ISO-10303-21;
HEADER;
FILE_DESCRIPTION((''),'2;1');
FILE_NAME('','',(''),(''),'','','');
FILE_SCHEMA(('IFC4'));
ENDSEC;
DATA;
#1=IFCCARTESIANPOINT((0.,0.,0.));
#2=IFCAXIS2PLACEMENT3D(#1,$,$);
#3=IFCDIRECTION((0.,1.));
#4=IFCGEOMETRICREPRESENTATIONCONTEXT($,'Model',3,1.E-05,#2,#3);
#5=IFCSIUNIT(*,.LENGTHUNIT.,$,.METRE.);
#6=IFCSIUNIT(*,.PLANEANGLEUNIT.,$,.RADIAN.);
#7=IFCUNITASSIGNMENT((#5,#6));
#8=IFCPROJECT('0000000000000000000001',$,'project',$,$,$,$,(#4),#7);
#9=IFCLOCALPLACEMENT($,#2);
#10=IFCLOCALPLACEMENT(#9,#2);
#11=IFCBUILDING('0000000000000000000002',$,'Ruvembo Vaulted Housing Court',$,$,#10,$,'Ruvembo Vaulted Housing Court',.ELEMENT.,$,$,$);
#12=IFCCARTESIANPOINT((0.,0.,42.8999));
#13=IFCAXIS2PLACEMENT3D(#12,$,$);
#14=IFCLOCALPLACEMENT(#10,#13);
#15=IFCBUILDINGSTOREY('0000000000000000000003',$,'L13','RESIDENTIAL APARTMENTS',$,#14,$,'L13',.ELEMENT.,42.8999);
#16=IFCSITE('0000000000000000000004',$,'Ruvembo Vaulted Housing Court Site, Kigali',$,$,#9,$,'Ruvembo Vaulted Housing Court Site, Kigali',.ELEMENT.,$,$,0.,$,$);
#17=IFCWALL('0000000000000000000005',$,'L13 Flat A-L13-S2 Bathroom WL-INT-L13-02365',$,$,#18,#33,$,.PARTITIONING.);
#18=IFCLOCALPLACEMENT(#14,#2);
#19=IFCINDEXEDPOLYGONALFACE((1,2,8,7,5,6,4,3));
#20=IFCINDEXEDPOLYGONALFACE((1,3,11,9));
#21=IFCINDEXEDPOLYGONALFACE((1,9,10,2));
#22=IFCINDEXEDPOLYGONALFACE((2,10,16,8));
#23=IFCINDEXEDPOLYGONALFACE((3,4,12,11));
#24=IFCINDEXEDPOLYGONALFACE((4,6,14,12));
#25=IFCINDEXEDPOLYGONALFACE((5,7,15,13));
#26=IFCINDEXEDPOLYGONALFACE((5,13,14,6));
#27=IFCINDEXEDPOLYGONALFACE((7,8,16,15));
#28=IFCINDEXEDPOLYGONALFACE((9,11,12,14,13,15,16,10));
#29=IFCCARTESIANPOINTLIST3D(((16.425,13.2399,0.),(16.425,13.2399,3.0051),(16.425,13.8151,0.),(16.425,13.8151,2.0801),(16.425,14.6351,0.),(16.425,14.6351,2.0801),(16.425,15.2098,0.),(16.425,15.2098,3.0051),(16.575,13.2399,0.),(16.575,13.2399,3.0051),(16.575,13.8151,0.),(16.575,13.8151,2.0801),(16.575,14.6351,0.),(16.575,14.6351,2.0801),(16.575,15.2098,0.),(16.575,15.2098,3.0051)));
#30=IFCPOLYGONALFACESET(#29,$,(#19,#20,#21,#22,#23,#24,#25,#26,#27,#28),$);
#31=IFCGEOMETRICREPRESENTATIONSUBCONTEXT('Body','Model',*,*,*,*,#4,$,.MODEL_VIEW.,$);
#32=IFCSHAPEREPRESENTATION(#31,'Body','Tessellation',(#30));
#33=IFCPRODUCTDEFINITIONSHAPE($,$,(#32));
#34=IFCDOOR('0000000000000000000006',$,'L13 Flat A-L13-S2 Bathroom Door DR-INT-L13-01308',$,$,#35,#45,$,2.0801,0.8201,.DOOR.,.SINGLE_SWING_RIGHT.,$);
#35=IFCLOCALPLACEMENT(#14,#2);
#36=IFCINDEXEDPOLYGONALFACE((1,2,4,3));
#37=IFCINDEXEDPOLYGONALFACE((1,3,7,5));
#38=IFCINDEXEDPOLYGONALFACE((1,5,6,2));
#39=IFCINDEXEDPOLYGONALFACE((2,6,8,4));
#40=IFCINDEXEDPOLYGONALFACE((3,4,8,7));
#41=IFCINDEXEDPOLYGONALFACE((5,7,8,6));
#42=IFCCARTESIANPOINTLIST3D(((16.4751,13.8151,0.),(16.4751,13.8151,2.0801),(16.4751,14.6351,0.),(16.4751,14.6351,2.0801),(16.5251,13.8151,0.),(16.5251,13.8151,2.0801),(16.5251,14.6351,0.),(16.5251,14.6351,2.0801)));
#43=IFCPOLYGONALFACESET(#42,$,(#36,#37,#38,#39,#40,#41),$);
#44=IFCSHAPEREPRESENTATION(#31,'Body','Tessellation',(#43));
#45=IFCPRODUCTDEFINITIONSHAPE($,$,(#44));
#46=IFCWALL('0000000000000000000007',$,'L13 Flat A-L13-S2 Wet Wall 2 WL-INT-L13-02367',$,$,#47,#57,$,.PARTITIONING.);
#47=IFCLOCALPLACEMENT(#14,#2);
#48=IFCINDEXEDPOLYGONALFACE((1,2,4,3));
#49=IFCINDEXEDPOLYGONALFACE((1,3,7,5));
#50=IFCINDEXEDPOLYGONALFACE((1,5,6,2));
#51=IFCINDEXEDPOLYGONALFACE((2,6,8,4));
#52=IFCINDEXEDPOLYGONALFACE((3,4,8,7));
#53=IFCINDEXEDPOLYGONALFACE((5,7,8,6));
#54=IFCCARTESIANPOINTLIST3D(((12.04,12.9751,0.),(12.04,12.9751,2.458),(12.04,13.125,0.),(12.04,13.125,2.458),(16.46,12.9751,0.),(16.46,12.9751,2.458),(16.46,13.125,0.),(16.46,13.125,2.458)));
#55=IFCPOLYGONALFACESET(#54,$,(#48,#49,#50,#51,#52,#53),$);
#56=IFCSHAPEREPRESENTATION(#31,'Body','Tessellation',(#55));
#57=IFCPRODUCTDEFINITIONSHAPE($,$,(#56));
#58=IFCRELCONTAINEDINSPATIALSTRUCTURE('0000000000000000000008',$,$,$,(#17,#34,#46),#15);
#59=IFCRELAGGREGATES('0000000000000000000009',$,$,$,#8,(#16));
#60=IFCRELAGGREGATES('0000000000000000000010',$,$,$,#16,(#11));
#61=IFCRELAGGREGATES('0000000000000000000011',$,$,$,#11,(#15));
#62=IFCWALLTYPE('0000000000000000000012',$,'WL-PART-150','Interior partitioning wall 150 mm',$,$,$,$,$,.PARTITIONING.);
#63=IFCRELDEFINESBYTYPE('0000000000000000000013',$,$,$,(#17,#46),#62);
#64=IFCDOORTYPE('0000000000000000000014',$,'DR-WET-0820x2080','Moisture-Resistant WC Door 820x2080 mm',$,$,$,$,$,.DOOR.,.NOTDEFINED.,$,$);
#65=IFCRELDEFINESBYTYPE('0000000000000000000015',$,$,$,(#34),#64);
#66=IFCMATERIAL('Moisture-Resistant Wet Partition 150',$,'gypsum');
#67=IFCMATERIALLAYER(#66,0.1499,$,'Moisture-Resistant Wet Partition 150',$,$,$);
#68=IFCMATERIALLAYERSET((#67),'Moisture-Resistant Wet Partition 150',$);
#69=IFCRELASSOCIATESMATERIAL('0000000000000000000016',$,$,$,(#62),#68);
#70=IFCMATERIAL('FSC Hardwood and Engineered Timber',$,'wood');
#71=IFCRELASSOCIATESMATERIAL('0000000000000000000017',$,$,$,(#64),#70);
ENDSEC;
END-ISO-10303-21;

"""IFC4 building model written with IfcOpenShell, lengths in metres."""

from ifc_helpers import new_model, si_unit, direction, frame, frame_2d, origin, place, context, subcontext, project, spatial, rectangle, extrude, material, layer, layer_set, type_object, element, fill, save


model = new_model("IFC4")

# Units and contexts
model_context = context("Model", 3, precision=1e-05, world=origin(), true_north=direction((0.0, 1.0)))
body_context = subcontext(model_context, "Body", "Model", "MODEL_VIEW")
ifc_project = project(units=[si_unit("LENGTHUNIT", "METRE"), si_unit("PLANEANGLEUNIT", "RADIAN")], contexts=[model_context])

# Site, building, storey
site_placement = place(None, origin())
site = spatial("IfcSite", under=ifc_project, at=site_placement, Name="Ruvembo Vaulted Housing Court Site, Kigali", LongName="Ruvembo Vaulted Housing Court Site, Kigali", CompositionType="ELEMENT", RefElevation=0.0)
building_placement = place(site_placement, origin())
building = spatial("IfcBuilding", under=site, at=building_placement, Name="Ruvembo Vaulted Housing Court", LongName="Ruvembo Vaulted Housing Court", CompositionType="ELEMENT")
storey_placement = place(building_placement, frame((0.0, 0.0, 42.8999)))
storey = spatial("IfcBuildingStorey", under=building, at=storey_placement, Name="L13", Description="RESIDENTIAL APARTMENTS", LongName="L13", CompositionType="ELEMENT", Elevation=42.8999)

# Wall, opening, door
ifc_material_1 = material(Name="FSC Hardwood and Engineered Timber", Category="wood")
ifc_material_2 = material(Name="Moisture-Resistant Wet Partition 150", Category="gypsum")
ifc_layer_1 = layer(ifc_material_2, 0.1499, Name="Moisture-Resistant Wet Partition 150")
ifc_layer_set_1 = layer_set([ifc_layer_1], Name="Moisture-Resistant Wet Partition 150")
wall_type_1 = type_object("IfcWallType", Name="WL-PART-150", Description="Interior partitioning wall 150 mm", PredefinedType="PARTITIONING", material=ifc_layer_set_1)
wall_1_placement = place(storey_placement, frame((16.5, 13.24, 0.0), z_axis=(0.0, 0.0, 1.0), x_axis=(0.0, 1.0, 0.0)))
wall_1 = element("IfcWall", 1, at=wall_1_placement, inside=storey, type_object=wall_type_1, Name="L13 Flat A-L13-S2 Bathroom WL-INT-L13-02365", PredefinedType="PARTITIONING", context=body_context, shape_type="SweptSolid", body=[
    extrude(rectangle(XDim=1.97, YDim=0.1499, at=frame_2d((0.9849, 0.0))), origin(), (0.0, 0.0, 1.0), 3.0051),
])
opening_1_placement = place(wall_1_placement, frame((0.575, 0.0, 0.0)))
opening_1 = element("IfcOpeningElement", 2, at=opening_1_placement, cuts=wall_1, PredefinedType="OPENING", context=body_context, shape_type="SweptSolid", body=[
    extrude(rectangle(XDim=0.8201, YDim=2.0801, at=frame_2d((0.4102, 1.04))), frame((0.0, 0.085, 0.0), z_axis=(0.0, -1.0, 0.0), x_axis=(1.0, 0.0, 0.0)), (0.0, 0.0, 1.0), 0.1699),
])
door_type_1 = type_object("IfcDoorType", Name="DR-WET-0820x2080", Description="Moisture-Resistant WC Door 820x2080 mm", OperationType="NOTDEFINED", PredefinedType="DOOR", material=ifc_material_1)
door_1_placement = place(opening_1_placement, origin())
door_1 = element("IfcDoor", 3, at=door_1_placement, inside=storey, type_object=door_type_1, Name="L13 Flat A-L13-S2 Bathroom Door DR-INT-L13-01308", OperationType="SINGLE_SWING_RIGHT", OverallHeight=2.0801, OverallWidth=0.8201, PredefinedType="DOOR", context=body_context, shape_type="SweptSolid", body=[
    extrude(rectangle(XDim=0.8201, YDim=2.0801, at=frame_2d((0.4102, 1.04))), frame((0.0, 0.0249, 0.0), z_axis=(0.0, -1.0, 0.0), x_axis=(1.0, 0.0, 0.0)), (0.0, 0.0, 1.0), 0.05),
])
fill(opening_1, door_1)

# Wall
wall_2_placement = place(storey_placement, frame((12.04, 13.05, 0.0), z_axis=(0.0, 0.0, 1.0), x_axis=(1.0, 0.0, 0.0)))
element("IfcWall", 4, at=wall_2_placement, inside=storey, type_object=wall_type_1, Name="L13 Flat A-L13-S2 Wet Wall 2 WL-INT-L13-02367", PredefinedType="PARTITIONING", context=body_context, shape_type="SweptSolid", body=[
    extrude(rectangle(XDim=4.4199, YDim=0.1499, at=frame_2d((2.21, 0.0))), origin(), (0.0, 0.0, 1.0), 2.458),
])

save(model, "model.ifc")
